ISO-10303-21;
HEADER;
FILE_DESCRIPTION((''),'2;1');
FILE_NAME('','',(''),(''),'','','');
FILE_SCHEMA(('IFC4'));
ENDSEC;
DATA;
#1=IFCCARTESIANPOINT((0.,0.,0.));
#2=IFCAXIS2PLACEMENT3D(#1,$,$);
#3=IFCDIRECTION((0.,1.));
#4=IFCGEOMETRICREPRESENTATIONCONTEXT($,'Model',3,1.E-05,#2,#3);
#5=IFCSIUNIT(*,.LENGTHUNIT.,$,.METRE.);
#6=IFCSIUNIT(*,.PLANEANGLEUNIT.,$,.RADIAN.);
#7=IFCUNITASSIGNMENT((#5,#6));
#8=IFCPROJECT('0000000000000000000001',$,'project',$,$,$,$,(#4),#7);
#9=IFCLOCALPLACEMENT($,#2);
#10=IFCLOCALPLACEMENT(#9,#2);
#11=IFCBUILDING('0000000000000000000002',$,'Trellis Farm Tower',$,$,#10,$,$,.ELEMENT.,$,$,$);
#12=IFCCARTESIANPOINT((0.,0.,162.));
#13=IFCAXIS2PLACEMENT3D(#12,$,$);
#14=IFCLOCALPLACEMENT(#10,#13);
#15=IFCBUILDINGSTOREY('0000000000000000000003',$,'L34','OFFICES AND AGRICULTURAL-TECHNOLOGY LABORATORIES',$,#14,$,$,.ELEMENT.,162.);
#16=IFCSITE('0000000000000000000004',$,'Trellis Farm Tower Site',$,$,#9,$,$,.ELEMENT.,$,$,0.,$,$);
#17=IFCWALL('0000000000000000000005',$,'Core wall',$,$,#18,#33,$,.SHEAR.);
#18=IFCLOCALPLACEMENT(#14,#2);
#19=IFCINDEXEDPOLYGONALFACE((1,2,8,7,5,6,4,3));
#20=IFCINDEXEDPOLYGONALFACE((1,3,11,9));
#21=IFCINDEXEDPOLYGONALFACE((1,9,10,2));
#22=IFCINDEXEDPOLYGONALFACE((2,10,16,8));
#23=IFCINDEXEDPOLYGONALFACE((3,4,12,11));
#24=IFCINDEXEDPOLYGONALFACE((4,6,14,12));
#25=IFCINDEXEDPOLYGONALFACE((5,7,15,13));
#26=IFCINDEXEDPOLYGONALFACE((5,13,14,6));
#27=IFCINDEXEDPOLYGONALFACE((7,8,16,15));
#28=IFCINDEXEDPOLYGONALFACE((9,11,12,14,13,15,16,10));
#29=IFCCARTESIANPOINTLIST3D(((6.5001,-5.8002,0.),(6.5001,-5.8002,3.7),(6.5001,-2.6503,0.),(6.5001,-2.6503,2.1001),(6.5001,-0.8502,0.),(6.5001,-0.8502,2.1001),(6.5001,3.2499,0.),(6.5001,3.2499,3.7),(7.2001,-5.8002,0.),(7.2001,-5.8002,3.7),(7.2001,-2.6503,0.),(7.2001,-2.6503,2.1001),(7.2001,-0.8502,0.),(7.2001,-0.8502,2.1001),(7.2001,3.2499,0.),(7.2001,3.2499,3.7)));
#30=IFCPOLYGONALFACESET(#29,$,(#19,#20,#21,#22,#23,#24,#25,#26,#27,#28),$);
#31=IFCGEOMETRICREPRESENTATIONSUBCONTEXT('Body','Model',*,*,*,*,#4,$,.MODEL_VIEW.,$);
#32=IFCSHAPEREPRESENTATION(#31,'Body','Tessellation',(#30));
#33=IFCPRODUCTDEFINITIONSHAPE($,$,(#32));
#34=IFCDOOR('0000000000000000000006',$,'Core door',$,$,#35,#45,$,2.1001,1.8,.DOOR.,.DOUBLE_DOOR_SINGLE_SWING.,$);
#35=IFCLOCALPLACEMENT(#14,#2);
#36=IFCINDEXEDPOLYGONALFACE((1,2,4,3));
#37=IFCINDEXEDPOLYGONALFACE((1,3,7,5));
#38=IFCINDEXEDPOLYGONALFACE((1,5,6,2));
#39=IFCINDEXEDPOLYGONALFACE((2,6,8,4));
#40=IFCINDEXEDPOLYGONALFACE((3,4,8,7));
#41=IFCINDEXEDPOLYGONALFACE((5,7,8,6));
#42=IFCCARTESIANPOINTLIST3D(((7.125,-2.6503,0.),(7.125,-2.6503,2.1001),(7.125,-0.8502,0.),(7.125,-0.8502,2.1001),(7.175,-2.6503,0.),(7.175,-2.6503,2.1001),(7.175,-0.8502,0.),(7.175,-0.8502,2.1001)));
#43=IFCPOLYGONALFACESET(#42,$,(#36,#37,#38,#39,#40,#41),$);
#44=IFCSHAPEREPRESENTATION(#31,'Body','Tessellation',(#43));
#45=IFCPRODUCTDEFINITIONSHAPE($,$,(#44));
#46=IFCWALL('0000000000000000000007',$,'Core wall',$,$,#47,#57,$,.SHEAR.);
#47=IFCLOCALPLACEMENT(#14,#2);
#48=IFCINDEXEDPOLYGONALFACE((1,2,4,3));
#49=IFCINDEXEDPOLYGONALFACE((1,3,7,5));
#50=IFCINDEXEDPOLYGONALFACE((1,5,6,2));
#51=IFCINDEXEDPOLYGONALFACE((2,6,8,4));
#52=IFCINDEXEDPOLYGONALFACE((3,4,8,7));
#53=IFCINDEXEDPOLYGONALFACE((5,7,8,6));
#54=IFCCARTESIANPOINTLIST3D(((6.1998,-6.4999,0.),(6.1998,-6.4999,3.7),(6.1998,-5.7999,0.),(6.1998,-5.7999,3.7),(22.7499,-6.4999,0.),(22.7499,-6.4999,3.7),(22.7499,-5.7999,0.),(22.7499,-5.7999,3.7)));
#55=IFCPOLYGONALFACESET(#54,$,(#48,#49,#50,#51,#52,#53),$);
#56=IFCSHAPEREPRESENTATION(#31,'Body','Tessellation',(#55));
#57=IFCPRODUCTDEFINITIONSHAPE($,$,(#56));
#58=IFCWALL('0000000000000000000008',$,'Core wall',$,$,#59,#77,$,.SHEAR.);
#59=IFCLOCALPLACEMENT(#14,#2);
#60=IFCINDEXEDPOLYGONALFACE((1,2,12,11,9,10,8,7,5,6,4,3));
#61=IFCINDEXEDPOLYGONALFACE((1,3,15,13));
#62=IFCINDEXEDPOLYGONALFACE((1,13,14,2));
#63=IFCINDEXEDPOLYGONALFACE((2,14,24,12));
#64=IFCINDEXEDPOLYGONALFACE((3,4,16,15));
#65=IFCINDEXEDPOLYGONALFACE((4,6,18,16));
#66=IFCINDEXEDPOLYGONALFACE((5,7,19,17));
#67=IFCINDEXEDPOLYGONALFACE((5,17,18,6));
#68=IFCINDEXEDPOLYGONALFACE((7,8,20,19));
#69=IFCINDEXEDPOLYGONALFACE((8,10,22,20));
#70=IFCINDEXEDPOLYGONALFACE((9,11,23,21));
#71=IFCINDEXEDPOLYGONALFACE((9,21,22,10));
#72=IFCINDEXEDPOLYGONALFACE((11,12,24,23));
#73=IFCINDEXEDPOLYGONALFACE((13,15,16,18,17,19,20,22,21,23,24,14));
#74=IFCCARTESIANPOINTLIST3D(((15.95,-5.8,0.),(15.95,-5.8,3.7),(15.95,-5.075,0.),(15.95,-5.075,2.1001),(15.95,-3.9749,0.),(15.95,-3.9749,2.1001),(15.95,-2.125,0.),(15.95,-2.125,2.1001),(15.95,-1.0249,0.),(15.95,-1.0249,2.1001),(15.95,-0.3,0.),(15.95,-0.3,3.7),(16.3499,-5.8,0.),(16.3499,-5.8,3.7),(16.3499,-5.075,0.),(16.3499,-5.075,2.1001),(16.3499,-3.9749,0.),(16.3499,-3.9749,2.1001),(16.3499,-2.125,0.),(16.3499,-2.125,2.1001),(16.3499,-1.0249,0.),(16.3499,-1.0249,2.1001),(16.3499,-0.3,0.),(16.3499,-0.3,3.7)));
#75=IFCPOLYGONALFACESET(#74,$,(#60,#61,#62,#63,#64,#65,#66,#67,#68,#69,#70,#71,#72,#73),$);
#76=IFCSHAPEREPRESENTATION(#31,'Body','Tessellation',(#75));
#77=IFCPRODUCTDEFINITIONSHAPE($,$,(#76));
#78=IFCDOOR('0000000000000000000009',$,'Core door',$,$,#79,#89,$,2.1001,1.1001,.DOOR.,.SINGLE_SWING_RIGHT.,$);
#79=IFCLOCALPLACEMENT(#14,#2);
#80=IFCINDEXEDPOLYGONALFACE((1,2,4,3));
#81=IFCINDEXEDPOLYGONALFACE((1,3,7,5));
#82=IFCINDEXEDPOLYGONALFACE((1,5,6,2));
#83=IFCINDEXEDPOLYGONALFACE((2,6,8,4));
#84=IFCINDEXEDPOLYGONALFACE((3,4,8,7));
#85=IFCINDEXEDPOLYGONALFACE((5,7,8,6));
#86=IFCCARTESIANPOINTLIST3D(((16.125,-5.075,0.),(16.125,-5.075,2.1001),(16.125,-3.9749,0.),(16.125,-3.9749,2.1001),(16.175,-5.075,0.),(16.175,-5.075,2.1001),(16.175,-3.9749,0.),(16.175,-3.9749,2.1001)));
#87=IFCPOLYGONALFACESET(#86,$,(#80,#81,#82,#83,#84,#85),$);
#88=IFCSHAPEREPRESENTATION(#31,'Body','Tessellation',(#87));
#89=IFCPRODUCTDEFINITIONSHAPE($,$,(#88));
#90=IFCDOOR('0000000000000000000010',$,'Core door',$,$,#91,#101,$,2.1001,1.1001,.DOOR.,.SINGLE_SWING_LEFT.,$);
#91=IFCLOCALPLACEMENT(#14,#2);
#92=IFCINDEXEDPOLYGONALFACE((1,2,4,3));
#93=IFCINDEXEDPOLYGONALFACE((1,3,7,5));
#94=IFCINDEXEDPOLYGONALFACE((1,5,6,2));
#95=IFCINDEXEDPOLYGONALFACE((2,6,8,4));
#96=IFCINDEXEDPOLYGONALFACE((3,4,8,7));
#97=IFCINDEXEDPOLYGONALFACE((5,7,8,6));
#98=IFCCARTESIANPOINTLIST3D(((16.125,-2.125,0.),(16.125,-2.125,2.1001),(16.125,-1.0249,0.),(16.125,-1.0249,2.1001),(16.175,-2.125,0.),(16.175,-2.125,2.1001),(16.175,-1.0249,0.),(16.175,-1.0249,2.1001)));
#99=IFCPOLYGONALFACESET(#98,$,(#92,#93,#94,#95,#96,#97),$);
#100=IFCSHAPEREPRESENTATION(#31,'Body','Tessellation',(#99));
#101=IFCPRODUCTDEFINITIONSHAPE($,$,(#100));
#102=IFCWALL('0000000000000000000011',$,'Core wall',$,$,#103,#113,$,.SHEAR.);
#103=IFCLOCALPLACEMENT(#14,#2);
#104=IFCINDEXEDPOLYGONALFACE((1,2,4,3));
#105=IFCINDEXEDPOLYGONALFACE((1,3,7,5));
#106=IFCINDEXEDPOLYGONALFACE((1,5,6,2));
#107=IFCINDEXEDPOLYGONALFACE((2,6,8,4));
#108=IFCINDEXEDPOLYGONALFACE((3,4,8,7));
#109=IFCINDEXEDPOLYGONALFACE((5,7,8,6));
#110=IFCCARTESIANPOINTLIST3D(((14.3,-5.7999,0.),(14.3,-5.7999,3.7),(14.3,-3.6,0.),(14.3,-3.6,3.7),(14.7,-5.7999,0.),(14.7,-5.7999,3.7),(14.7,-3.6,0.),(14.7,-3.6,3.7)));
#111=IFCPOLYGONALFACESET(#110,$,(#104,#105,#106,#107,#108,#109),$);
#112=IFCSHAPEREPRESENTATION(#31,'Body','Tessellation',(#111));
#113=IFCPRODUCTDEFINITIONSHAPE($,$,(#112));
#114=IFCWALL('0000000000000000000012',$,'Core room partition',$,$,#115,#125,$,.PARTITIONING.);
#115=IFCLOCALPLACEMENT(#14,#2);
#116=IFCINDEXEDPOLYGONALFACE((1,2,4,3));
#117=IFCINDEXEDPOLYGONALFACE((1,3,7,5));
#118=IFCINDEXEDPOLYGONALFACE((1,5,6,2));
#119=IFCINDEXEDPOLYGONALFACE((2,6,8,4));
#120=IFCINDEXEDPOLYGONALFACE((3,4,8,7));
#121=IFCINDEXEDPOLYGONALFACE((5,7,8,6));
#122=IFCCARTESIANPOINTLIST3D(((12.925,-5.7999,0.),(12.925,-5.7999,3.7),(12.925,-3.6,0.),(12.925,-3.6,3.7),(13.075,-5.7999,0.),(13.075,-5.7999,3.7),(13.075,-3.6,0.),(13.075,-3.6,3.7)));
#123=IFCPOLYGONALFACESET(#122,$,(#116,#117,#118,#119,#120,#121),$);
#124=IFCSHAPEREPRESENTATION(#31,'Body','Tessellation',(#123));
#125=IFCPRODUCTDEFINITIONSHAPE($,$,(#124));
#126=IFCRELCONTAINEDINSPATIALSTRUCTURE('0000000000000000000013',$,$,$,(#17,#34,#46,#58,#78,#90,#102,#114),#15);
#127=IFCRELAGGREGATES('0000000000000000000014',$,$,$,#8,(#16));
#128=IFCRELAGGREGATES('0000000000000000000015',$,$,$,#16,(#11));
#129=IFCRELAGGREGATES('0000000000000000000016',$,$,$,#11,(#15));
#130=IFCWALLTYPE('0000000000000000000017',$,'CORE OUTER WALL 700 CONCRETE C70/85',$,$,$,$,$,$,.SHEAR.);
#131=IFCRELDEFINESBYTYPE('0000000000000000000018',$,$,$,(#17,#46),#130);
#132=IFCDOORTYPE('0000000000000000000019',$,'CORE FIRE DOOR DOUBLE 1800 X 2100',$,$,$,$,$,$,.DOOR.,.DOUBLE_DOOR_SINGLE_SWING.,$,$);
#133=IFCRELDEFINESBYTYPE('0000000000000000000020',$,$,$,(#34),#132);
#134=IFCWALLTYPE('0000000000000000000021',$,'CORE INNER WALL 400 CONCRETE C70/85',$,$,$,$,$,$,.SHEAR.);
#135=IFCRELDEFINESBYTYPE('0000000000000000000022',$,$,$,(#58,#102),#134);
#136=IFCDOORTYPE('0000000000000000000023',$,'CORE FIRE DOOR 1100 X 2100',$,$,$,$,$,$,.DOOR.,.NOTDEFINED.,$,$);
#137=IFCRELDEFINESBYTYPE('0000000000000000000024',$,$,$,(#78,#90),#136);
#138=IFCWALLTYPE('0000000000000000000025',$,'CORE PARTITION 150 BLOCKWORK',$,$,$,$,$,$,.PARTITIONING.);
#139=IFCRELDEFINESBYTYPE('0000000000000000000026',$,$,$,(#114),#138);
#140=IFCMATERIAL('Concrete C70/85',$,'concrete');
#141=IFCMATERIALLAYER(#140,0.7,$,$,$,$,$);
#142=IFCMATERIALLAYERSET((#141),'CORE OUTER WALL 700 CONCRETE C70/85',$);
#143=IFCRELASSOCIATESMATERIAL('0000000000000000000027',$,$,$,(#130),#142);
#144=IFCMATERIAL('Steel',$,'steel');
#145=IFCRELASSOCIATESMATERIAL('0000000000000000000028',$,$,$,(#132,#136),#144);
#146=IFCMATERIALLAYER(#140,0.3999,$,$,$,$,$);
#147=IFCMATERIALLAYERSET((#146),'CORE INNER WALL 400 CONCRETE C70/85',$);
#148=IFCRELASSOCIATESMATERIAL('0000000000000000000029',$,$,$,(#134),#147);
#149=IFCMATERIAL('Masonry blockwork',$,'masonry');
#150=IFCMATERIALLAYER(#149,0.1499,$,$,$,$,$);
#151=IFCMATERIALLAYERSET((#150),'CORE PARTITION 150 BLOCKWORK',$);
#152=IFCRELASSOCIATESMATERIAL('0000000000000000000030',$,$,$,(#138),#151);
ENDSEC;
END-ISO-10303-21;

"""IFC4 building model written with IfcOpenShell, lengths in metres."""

from ifc_helpers import new_model, si_unit, direction, frame, frame_2d, origin, place, context, subcontext, project, spatial, rectangle, extrude, source, transform, mapped, material, layer, layer_set, type_object, element, fill, save


model = new_model("IFC4")

# Units and contexts
model_context = context("Model", 3, precision=1e-05, world=origin(), true_north=direction((0.0, 1.0)))
body_context = subcontext(model_context, "Body", "Model", "MODEL_VIEW")
ifc_project = project(units=[si_unit("LENGTHUNIT", "METRE"), si_unit("PLANEANGLEUNIT", "RADIAN")], contexts=[model_context])

# Site, building, storey
site_placement = place(None, origin())
site = spatial("IfcSite", under=ifc_project, at=site_placement, Name="Trellis Farm Tower Site", CompositionType="ELEMENT", RefElevation=0.0)
building_placement = place(site_placement, origin())
building = spatial("IfcBuilding", under=site, at=building_placement, Name="Trellis Farm Tower", CompositionType="ELEMENT")
storey_placement = place(building_placement, frame((0.0, 0.0, 162.0)))
storey = spatial("IfcBuildingStorey", under=building, at=storey_placement, Name="L34", Description="OFFICES AND AGRICULTURAL-TECHNOLOGY LABORATORIES", CompositionType="ELEMENT", Elevation=162.0)

# Shared definitions
ifc_material_1 = material(Name="Concrete C70/85", Category="concrete")

# Wall, opening, door
ifc_layer_1 = layer(ifc_material_1, 0.7)
ifc_layer_set_1 = layer_set([ifc_layer_1], Name="CORE OUTER WALL 700 CONCRETE C70/85")
wall_type_1 = type_object("IfcWallType", Name="CORE OUTER WALL 700 CONCRETE C70/85", PredefinedType="SHEAR", material=ifc_layer_set_1)
shared_shape_1 = source(origin(), body_context, "Body", "SweptSolid", [
    extrude(rectangle(XDim=9.05, YDim=0.7, at=frame_2d((4.5249, 0.0))), origin(), (0.0, 0.0, 1.0), 3.7),
])
wall_1_placement = place(storey_placement, frame((6.8501, -5.8, 0.0), z_axis=(0.0, 0.0, 1.0), x_axis=(0.0, 1.0, 0.0)))
wall_1 = element("IfcWall", 1, at=wall_1_placement, inside=storey, type_object=wall_type_1, Name="Core wall", PredefinedType="SHEAR", context=body_context, shape_type="MappedRepresentation", body=[
    mapped(shared_shape_1, transform((0.0, 0.0, 0.0))),
])
shared_shape_2 = source(origin(), body_context, "Body", "SweptSolid", [
    extrude(rectangle(XDim=1.8, YDim=2.1001, at=frame_2d((0.8999, 1.05))), frame((0.0, 0.3601, 0.0), z_axis=(0.0, -1.0, 0.0), x_axis=(1.0, 0.0, 0.0)), (0.0, 0.0, 1.0), 0.7202),
])
opening_1_placement = place(wall_1_placement, frame((3.1499, 0.0, 0.0)))
opening_1 = element("IfcOpeningElement", 2, at=opening_1_placement, cuts=wall_1, PredefinedType="OPENING", context=body_context, shape_type="MappedRepresentation", body=[
    mapped(shared_shape_2, transform((0.0, 0.0, 0.0))),
])
ifc_material_2 = material(Name="Steel", Category="steel")
door_type_1 = type_object("IfcDoorType", Name="CORE FIRE DOOR DOUBLE 1800 X 2100", OperationType="DOUBLE_DOOR_SINGLE_SWING", PredefinedType="DOOR", material=ifc_material_2)
shared_shape_3 = source(origin(), body_context, "Body", "SweptSolid", [
    extrude(rectangle(XDim=1.8, YDim=2.1001, at=frame_2d((0.8999, 1.05))), frame((0.0, -0.2749, 0.0), z_axis=(0.0, -1.0, 0.0), x_axis=(1.0, 0.0, 0.0)), (0.0, 0.0, 1.0), 0.05),
])
door_1_placement = place(opening_1_placement, origin())
door_1 = element("IfcDoor", 3, at=door_1_placement, inside=storey, type_object=door_type_1, Name="Core door", OperationType="DOUBLE_DOOR_SINGLE_SWING", OverallHeight=2.1001, OverallWidth=1.8, PredefinedType="DOOR", context=body_context, shape_type="MappedRepresentation", body=[
    mapped(shared_shape_3, transform((0.0, 0.0, 0.0))),
])
fill(opening_1, door_1)

# Wall
shared_shape_4 = source(origin(), body_context, "Body", "SweptSolid", [
    extrude(rectangle(XDim=16.55, YDim=0.7, at=frame_2d((8.2749, 0.0))), origin(), (0.0, 0.0, 1.0), 3.7),
])
wall_2_placement = place(storey_placement, frame((6.2, -6.1499, 0.0), z_axis=(0.0, 0.0, 1.0), x_axis=(1.0, 0.0, 0.0)))
element("IfcWall", 4, at=wall_2_placement, inside=storey, type_object=wall_type_1, Name="Core wall", PredefinedType="SHEAR", context=body_context, shape_type="MappedRepresentation", body=[
    mapped(shared_shape_4, transform((0.0, 0.0, 0.0))),
])

# Wall, openings, doors
ifc_layer_2 = layer(ifc_material_1, 0.3999)
ifc_layer_set_2 = layer_set([ifc_layer_2], Name="CORE INNER WALL 400 CONCRETE C70/85")
wall_type_2 = type_object("IfcWallType", Name="CORE INNER WALL 400 CONCRETE C70/85", PredefinedType="SHEAR", material=ifc_layer_set_2)
shared_shape_5 = source(origin(), body_context, "Body", "SweptSolid", [
    extrude(rectangle(XDim=5.5, YDim=0.3999, at=frame_2d((2.75, 0.0))), origin(), (0.0, 0.0, 1.0), 3.7),
])
wall_3_placement = place(storey_placement, frame((16.1499, -5.8, 0.0), z_axis=(0.0, 0.0, 1.0), x_axis=(0.0, 1.0, 0.0)))
wall_3 = element("IfcWall", 5, at=wall_3_placement, inside=storey, type_object=wall_type_2, Name="Core wall", PredefinedType="SHEAR", context=body_context, shape_type="MappedRepresentation", body=[
    mapped(shared_shape_5, transform((0.0, 0.0, 0.0))),
])
shared_shape_6 = source(origin(), body_context, "Body", "SweptSolid", [
    extrude(rectangle(XDim=1.1001, YDim=2.1001, at=frame_2d((0.55, 1.05))), frame((0.0, 0.21, 0.0), z_axis=(0.0, -1.0, 0.0), x_axis=(1.0, 0.0, 0.0)), (0.0, 0.0, 1.0), 0.4199),
])
opening_2_placement = place(wall_3_placement, frame((0.7251, 0.0, 0.0)))
opening_2 = element("IfcOpeningElement", 6, at=opening_2_placement, cuts=wall_3, PredefinedType="OPENING", context=body_context, shape_type="MappedRepresentation", body=[
    mapped(shared_shape_6, transform((0.0, 0.0, 0.0))),
])
opening_3_placement = place(wall_3_placement, frame((3.675, 0.0, 0.0)))
opening_3 = element("IfcOpeningElement", 7, at=opening_3_placement, cuts=wall_3, PredefinedType="OPENING", context=body_context, shape_type="MappedRepresentation", body=[
    mapped(shared_shape_6, transform((0.0, 0.0, 0.0))),
])
door_type_2 = type_object("IfcDoorType", Name="CORE FIRE DOOR 1100 X 2100", OperationType="NOTDEFINED", PredefinedType="DOOR", material=ifc_material_2)
shared_shape_7 = source(origin(), body_context, "Body", "SweptSolid", [
    extrude(rectangle(XDim=1.1001, YDim=2.1001, at=frame_2d((0.55, 1.05))), frame((0.0, 0.0249, 0.0), z_axis=(0.0, -1.0, 0.0), x_axis=(1.0, 0.0, 0.0)), (0.0, 0.0, 1.0), 0.05),
])
door_2_placement = place(opening_2_placement, origin())
door_2 = element("IfcDoor", 8, at=door_2_placement, inside=storey, type_object=door_type_2, Name="Core door", OperationType="SINGLE_SWING_RIGHT", OverallHeight=2.1001, OverallWidth=1.1001, PredefinedType="DOOR", context=body_context, shape_type="MappedRepresentation", body=[
    mapped(shared_shape_7, transform((0.0, 0.0, 0.0))),
])
fill(opening_2, door_2)
door_3_placement = place(opening_3_placement, origin())
door_3 = element("IfcDoor", 9, at=door_3_placement, inside=storey, type_object=door_type_2, Name="Core door", OperationType="SINGLE_SWING_LEFT", OverallHeight=2.1001, OverallWidth=1.1001, PredefinedType="DOOR", context=body_context, shape_type="MappedRepresentation", body=[
    mapped(shared_shape_7, transform((0.0, 0.0, 0.0))),
])
fill(opening_3, door_3)

# Walls
shared_shape_8 = source(origin(), body_context, "Body", "SweptSolid", [
    extrude(rectangle(XDim=2.2, YDim=0.3999, at=frame_2d((1.1001, 0.0))), origin(), (0.0, 0.0, 1.0), 3.7),
])
wall_4_placement = place(storey_placement, frame((14.5, -5.8, 0.0), z_axis=(0.0, 0.0, 1.0), x_axis=(0.0, 1.0, 0.0)))
element("IfcWall", 10, at=wall_4_placement, inside=storey, type_object=wall_type_2, Name="Core wall", PredefinedType="SHEAR", context=body_context, shape_type="MappedRepresentation", body=[
    mapped(shared_shape_8, transform((0.0, 0.0, 0.0))),
])
ifc_material_3 = material(Name="Masonry blockwork", Category="masonry")
ifc_layer_3 = layer(ifc_material_3, 0.1499)
ifc_layer_set_3 = layer_set([ifc_layer_3], Name="CORE PARTITION 150 BLOCKWORK")
wall_type_3 = type_object("IfcWallType", Name="CORE PARTITION 150 BLOCKWORK", PredefinedType="PARTITIONING", material=ifc_layer_set_3)
shared_shape_9 = source(origin(), body_context, "Body", "SweptSolid", [
    extrude(rectangle(XDim=2.2, YDim=0.1499, at=frame_2d((1.1001, 0.0))), origin(), (0.0, 0.0, 1.0), 3.7),
])
wall_5_placement = place(storey_placement, frame((13.0, -5.8, 0.0), z_axis=(0.0, 0.0, 1.0), x_axis=(0.0, 1.0, 0.0)))
element("IfcWall", 11, at=wall_5_placement, inside=storey, type_object=wall_type_3, Name="Core room partition", PredefinedType="PARTITIONING", context=body_context, shape_type="MappedRepresentation", body=[
    mapped(shared_shape_9, transform((0.0, 0.0, 0.0))),
])

save(model, "model.ifc")
